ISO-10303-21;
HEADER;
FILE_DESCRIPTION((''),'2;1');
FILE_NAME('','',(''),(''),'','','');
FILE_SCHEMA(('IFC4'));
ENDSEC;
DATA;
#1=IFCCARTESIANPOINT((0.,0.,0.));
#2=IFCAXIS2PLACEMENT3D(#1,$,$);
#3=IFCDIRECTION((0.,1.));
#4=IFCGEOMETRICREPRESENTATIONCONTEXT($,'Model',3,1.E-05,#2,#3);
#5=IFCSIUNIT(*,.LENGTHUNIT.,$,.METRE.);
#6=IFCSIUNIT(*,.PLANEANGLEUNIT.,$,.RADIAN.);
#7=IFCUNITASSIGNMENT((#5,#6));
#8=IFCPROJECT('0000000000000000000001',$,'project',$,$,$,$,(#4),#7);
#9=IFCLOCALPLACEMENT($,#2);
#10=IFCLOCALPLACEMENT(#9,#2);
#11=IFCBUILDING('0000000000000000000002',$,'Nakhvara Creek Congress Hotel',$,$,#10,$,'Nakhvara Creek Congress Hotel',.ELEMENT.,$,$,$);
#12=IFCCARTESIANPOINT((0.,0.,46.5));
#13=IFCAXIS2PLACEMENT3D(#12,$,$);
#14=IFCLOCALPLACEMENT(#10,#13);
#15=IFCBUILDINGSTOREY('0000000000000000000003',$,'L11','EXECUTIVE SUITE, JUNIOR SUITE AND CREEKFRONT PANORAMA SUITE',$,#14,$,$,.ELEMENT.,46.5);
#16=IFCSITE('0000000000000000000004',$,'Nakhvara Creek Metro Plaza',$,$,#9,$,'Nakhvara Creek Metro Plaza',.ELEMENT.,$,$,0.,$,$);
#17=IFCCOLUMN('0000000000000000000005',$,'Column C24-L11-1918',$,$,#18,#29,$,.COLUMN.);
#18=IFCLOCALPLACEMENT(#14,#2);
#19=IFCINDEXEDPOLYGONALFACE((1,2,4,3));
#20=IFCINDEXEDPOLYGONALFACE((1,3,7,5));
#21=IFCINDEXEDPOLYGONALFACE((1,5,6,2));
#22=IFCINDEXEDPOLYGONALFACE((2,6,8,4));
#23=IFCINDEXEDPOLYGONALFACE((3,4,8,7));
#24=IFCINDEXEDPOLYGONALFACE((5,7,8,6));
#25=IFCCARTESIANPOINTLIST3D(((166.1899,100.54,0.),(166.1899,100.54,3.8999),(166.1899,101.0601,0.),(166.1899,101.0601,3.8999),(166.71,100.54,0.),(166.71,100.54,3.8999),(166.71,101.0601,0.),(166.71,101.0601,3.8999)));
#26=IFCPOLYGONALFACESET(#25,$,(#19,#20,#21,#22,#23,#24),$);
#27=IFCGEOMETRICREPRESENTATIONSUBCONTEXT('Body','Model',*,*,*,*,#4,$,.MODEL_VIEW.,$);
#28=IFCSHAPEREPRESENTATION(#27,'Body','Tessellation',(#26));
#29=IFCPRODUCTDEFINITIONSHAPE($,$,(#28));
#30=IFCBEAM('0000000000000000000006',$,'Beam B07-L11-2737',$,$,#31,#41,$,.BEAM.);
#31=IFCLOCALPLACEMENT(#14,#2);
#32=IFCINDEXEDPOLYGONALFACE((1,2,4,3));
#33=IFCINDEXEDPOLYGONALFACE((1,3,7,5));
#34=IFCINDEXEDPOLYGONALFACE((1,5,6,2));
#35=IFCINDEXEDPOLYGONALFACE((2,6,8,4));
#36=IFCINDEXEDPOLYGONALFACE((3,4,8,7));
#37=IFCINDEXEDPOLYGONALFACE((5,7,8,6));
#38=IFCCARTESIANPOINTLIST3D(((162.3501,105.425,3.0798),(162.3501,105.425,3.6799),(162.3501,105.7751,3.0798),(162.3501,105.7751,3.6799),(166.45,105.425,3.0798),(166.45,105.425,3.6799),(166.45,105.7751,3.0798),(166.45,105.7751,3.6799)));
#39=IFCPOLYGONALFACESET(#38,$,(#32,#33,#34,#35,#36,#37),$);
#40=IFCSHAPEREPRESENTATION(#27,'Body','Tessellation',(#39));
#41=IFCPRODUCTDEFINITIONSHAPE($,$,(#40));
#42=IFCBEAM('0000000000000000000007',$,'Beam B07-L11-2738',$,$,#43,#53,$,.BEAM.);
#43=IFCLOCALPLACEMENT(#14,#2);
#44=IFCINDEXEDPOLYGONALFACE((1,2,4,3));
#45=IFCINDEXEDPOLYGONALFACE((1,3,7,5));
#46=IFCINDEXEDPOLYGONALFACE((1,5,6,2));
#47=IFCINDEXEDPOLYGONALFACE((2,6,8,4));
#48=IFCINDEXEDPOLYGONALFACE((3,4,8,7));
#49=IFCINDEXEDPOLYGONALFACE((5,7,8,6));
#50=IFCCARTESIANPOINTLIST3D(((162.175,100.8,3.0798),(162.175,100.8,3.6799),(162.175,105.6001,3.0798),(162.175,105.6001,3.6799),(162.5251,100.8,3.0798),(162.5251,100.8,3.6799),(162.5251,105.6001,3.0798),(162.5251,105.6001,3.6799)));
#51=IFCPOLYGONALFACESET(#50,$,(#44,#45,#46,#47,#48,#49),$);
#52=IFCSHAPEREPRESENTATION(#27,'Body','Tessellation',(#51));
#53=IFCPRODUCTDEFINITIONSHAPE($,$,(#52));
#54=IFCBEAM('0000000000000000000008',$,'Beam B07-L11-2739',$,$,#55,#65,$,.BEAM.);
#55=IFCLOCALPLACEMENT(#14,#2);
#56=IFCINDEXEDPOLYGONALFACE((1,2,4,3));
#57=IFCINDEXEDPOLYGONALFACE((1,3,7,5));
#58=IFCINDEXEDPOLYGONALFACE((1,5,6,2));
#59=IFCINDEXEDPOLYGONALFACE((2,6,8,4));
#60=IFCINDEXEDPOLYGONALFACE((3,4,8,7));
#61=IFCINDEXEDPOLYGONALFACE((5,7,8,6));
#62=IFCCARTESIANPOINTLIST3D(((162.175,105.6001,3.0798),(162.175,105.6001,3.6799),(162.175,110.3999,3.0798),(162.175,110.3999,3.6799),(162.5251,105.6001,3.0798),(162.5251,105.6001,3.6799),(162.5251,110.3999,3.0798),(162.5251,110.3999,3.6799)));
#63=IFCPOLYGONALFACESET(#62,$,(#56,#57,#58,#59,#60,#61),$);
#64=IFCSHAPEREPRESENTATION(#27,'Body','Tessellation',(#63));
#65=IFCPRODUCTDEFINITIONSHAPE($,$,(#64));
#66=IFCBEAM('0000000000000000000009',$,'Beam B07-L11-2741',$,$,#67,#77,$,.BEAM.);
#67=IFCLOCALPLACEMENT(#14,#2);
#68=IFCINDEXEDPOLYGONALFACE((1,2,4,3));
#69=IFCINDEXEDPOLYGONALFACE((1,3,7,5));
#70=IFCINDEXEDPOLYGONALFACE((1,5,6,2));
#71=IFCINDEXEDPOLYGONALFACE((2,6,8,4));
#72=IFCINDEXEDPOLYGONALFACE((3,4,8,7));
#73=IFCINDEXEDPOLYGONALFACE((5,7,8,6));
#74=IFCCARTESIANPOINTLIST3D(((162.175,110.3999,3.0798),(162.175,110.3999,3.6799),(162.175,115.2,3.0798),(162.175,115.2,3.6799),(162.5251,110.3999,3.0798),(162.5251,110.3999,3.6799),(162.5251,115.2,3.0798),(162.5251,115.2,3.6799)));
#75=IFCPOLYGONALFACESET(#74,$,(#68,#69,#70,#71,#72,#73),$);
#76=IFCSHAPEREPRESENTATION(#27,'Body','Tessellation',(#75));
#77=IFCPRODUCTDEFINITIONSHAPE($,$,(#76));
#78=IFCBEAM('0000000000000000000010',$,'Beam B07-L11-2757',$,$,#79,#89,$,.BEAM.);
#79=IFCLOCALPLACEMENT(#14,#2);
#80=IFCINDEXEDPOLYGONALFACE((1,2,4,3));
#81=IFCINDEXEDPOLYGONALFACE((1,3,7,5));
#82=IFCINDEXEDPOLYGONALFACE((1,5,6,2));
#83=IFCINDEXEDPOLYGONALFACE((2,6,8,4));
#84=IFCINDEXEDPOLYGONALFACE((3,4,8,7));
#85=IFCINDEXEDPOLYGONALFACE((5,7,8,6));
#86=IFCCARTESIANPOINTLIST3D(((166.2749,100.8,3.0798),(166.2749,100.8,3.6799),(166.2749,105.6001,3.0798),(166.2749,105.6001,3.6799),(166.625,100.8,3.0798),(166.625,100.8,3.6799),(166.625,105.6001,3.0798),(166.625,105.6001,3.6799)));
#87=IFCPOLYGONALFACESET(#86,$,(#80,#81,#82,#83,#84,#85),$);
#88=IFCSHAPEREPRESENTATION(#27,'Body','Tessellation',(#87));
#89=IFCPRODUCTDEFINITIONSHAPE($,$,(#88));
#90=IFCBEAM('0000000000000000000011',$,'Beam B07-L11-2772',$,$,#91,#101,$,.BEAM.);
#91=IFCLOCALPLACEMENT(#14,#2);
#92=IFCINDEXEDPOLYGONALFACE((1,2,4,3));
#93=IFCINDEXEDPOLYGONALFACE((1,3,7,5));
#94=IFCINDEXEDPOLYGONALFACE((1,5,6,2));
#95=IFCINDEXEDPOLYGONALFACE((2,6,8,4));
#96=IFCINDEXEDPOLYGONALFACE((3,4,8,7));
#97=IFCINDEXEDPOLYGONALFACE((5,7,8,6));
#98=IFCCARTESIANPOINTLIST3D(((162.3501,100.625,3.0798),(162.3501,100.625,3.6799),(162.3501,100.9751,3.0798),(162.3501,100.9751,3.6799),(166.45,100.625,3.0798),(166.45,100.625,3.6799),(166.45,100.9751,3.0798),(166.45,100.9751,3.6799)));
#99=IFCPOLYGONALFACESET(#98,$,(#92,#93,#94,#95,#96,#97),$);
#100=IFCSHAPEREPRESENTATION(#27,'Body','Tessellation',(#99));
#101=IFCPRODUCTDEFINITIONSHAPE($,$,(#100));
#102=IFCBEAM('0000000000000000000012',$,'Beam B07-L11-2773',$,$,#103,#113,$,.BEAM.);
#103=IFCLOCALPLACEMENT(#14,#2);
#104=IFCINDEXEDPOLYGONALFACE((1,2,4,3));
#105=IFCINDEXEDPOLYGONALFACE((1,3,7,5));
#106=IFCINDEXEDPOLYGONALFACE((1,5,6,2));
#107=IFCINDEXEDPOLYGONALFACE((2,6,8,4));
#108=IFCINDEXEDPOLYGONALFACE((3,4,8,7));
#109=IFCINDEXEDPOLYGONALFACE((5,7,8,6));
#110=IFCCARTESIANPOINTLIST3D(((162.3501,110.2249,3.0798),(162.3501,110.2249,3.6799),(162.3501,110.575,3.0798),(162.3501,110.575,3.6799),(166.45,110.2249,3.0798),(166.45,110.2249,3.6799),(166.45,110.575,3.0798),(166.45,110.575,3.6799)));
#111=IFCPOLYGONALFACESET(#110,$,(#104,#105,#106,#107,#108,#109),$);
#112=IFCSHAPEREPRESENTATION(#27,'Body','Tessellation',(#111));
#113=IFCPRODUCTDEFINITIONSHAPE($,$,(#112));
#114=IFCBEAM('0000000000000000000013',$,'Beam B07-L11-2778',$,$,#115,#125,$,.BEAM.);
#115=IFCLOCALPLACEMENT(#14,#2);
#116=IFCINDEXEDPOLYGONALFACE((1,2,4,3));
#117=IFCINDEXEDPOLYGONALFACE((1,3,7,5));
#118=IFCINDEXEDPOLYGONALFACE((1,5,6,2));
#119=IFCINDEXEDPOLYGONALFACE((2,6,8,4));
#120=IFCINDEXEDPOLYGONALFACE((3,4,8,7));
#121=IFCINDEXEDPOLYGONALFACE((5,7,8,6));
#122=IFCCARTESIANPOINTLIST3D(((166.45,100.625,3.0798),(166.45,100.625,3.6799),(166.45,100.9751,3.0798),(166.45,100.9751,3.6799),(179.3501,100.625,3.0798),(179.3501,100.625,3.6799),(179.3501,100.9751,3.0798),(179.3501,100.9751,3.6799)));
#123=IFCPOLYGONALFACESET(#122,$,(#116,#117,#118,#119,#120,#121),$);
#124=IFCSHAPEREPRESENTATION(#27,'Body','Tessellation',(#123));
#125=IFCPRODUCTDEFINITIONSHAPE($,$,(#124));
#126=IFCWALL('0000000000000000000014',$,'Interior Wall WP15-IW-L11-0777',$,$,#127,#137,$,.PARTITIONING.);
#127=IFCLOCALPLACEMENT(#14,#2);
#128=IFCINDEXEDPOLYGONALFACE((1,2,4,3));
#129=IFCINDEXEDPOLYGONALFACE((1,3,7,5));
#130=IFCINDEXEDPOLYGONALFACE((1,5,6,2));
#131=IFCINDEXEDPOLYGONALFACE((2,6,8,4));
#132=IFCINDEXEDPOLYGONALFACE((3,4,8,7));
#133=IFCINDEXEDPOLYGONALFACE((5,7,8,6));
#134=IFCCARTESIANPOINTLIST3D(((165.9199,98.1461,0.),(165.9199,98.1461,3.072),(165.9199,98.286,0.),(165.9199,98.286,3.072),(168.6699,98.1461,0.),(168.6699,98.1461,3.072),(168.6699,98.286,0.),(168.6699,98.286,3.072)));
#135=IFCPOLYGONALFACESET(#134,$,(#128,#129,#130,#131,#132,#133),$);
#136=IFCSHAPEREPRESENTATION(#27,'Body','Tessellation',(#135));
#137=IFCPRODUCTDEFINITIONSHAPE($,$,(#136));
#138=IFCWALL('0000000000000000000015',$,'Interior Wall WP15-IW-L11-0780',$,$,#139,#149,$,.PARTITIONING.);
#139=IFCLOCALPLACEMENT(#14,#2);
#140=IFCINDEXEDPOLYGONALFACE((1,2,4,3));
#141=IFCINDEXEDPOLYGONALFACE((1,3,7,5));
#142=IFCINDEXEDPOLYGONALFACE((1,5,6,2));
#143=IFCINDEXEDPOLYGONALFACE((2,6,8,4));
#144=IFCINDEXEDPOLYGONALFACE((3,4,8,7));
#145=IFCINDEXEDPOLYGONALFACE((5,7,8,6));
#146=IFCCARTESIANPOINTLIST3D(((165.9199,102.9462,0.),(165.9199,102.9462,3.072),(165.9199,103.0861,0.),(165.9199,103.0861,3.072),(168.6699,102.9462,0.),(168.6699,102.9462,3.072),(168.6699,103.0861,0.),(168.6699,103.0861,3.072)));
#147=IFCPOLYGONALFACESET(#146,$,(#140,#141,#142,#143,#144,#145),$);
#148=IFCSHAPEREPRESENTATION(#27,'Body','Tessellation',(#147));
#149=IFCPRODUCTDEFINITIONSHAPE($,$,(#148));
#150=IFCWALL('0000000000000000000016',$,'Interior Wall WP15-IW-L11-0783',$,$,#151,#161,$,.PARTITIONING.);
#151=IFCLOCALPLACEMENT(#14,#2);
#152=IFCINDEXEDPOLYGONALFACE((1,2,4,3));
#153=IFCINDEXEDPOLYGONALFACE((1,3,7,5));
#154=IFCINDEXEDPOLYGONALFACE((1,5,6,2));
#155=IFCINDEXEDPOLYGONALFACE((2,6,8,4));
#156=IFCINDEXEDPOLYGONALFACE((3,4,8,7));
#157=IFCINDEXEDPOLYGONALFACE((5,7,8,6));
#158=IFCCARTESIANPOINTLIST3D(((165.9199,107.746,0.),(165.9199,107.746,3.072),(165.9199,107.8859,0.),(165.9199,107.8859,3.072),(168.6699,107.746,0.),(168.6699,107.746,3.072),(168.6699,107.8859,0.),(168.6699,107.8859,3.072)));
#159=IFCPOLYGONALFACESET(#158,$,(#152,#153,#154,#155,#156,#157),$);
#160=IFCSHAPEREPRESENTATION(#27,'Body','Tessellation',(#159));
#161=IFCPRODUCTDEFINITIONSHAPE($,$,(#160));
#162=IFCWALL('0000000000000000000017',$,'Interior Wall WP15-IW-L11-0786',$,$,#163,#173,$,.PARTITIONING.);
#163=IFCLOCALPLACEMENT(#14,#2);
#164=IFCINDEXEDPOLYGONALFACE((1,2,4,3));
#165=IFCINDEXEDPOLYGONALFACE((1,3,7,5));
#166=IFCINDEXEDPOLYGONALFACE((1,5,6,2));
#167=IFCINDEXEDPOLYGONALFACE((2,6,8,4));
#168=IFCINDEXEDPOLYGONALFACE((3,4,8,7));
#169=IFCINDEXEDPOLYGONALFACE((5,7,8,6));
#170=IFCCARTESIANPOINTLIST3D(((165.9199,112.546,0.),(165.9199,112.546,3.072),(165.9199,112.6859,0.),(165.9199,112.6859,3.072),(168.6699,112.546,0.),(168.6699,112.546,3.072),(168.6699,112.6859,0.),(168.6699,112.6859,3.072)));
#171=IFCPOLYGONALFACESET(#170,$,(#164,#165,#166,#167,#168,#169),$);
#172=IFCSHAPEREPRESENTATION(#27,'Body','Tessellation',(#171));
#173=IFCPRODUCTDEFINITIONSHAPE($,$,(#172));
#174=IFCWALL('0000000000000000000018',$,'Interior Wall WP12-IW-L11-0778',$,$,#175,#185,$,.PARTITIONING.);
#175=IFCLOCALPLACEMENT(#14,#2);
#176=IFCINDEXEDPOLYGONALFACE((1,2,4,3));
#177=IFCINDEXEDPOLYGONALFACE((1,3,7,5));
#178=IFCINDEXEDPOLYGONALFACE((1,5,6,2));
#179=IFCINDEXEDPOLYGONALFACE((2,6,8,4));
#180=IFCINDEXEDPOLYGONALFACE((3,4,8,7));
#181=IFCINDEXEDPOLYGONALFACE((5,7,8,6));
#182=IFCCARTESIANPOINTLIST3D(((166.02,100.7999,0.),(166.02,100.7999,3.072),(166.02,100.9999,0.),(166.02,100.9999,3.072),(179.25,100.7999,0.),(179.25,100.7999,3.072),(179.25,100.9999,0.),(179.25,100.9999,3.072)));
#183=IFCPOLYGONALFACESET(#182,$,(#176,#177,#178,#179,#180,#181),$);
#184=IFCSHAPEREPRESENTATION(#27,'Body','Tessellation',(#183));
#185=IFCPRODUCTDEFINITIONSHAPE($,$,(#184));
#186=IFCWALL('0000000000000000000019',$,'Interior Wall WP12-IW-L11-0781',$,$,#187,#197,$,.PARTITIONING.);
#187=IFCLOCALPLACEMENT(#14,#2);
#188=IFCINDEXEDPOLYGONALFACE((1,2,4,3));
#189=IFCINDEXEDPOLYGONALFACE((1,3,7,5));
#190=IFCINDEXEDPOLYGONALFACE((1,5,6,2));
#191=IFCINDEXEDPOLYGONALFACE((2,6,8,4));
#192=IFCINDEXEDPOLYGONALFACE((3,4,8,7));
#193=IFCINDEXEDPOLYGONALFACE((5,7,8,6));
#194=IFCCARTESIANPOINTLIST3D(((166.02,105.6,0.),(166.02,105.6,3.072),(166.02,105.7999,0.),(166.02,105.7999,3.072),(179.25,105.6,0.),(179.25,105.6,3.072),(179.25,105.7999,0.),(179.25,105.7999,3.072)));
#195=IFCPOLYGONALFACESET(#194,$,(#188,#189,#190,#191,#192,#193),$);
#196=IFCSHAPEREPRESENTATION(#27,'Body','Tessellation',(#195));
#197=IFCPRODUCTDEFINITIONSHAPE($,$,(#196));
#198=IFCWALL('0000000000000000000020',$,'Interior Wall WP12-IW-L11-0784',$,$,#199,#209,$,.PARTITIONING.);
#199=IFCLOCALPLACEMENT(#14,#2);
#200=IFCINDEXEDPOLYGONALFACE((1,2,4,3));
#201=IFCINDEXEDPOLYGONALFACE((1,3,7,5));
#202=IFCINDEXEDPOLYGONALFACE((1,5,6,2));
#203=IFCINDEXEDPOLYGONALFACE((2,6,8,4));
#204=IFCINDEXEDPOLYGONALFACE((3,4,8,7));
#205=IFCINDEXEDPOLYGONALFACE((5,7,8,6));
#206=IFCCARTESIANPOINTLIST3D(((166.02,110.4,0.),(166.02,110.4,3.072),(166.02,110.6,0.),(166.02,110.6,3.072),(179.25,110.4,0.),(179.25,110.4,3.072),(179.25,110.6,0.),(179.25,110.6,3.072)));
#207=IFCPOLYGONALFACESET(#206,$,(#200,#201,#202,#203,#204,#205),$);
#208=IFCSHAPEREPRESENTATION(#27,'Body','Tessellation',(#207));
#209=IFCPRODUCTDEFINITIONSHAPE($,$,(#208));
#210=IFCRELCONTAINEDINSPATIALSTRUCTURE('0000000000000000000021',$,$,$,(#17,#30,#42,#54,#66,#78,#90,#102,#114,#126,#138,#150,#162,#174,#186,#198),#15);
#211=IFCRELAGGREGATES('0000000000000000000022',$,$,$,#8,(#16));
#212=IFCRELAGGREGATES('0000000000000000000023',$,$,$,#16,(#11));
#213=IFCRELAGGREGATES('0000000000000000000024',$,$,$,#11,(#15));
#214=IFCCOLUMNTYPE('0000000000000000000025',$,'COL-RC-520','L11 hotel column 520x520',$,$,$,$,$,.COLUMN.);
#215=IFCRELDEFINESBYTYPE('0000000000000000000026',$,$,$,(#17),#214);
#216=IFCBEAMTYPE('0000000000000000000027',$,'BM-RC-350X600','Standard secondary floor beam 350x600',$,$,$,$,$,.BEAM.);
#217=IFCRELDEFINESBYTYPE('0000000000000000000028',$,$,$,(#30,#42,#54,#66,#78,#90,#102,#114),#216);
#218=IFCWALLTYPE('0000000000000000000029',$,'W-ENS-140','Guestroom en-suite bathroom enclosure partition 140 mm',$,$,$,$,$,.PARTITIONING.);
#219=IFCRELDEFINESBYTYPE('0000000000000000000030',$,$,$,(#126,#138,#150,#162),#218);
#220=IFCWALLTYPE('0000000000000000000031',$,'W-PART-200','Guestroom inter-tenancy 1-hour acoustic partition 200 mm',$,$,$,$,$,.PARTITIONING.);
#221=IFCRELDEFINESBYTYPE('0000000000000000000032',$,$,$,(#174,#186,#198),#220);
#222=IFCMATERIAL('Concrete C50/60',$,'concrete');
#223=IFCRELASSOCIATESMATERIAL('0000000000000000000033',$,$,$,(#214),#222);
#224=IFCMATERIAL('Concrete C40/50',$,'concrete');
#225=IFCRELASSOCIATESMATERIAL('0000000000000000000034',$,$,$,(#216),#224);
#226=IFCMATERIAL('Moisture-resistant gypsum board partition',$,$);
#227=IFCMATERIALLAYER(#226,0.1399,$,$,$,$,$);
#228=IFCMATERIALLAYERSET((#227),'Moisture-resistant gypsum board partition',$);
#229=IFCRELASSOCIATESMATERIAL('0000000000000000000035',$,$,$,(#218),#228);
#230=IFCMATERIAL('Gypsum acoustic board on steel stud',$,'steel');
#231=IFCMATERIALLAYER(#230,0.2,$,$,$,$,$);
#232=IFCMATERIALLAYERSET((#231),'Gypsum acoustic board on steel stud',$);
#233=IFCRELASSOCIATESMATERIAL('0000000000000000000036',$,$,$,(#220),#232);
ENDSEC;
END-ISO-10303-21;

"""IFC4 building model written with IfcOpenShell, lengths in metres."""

from ifc_helpers import new_model, si_unit, direction, frame, frame_2d, origin, origin_2d, place, context, subcontext, project, spatial, rectangle, extrude, material, layer, layer_set, material_profile, profile_set, type_object, element, save


model = new_model("IFC4")

# Units and contexts
model_context = context("Model", 3, precision=1e-05, world=origin(), true_north=direction((0.0, 1.0)))
body_context = subcontext(model_context, "Body", "Model", "MODEL_VIEW")
ifc_project = project(units=[si_unit("LENGTHUNIT", "METRE"), si_unit("PLANEANGLEUNIT", "RADIAN")], contexts=[model_context])

# Site, building, storey
site_placement = place(None, origin())
site = spatial("IfcSite", under=ifc_project, at=site_placement, Name="Nakhvara Creek Metro Plaza", LongName="Nakhvara Creek Metro Plaza", CompositionType="ELEMENT", RefElevation=0.0)
building_placement = place(site_placement, origin())
building = spatial("IfcBuilding", under=site, at=building_placement, Name="Nakhvara Creek Congress Hotel", LongName="Nakhvara Creek Congress Hotel", CompositionType="ELEMENT")
storey_placement = place(building_placement, frame((0.0, 0.0, 46.5)))
storey = spatial("IfcBuildingStorey", under=building, at=storey_placement, Name="L11", Description="EXECUTIVE SUITE, JUNIOR SUITE AND CREEKFRONT PANORAMA SUITE", CompositionType="ELEMENT", Elevation=46.5)

# Column
ifc_material_1 = material(Name="Concrete C50/60", Category="concrete")
ifc_material_profile_1 = material_profile(ifc_material_1, rectangle(XDim=0.52, YDim=0.52, at=origin_2d()), Name="RC-COL 520x520", Category="LoadBearing")
ifc_profile_set_1 = profile_set([ifc_material_profile_1], Name="Concrete C50/60")
column_type = type_object("IfcColumnType", Name="COL-RC-520", Description="L11 hotel column 520x520", PredefinedType="COLUMN", material=ifc_profile_set_1)
column_placement = place(storey_placement, frame((166.45, 100.8, 0.0), z_axis=(0.0, 0.0, 1.0), x_axis=(1.0, 0.0, 0.0)))
element("IfcColumn", 1, at=column_placement, inside=storey, type_object=column_type, Name="Column C24-L11-1918", PredefinedType="COLUMN", context=body_context, shape_type="SweptSolid", body=[
    extrude(rectangle(XDim=0.52, YDim=0.52, at=origin_2d()), origin(), (0.0, 0.0, 1.0), 3.8999),
])

# Beams
ifc_material_2 = material(Name="Concrete C40/50", Category="concrete")
ifc_material_profile_2 = material_profile(ifc_material_2, rectangle(XDim=0.3501, YDim=0.6001, at=origin_2d()), Name="RC-BM 350x600", Category="LoadBearing")
ifc_profile_set_2 = profile_set([ifc_material_profile_2], Name="Concrete C40/50")
beam_type = type_object("IfcBeamType", Name="BM-RC-350X600", Description="Standard secondary floor beam 350x600", PredefinedType="BEAM", material=ifc_profile_set_2)
beam_1_placement = place(storey_placement, frame((162.3501, 105.6001, 3.3799), z_axis=(1.0, 0.0, 0.0), x_axis=(0.0, 1.0, 0.0)))
element("IfcBeam", 2, at=beam_1_placement, inside=storey, type_object=beam_type, Name="Beam B07-L11-2737", PredefinedType="BEAM", context=body_context, shape_type="SweptSolid", body=[
    extrude(rectangle(XDim=0.3501, YDim=0.6001, at=origin_2d()), origin(), (0.0, 0.0, 1.0), 4.0999),
])
beam_2_placement = place(storey_placement, frame((162.3501, 100.8, 3.3799), z_axis=(0.0, 1.0, 0.0), x_axis=(-1.0, 0.0, 0.0)))
element("IfcBeam", 3, at=beam_2_placement, inside=storey, type_object=beam_type, Name="Beam B07-L11-2738", PredefinedType="BEAM", context=body_context, shape_type="SweptSolid", body=[
    extrude(rectangle(XDim=0.3501, YDim=0.6001, at=origin_2d()), origin(), (0.0, 0.0, 1.0), 4.8),
])
beam_3_placement = place(storey_placement, frame((162.3501, 105.6001, 3.3799), z_axis=(0.0, 1.0, 0.0), x_axis=(-1.0, 0.0, 0.0)))
element("IfcBeam", 4, at=beam_3_placement, inside=storey, type_object=beam_type, Name="Beam B07-L11-2739", PredefinedType="BEAM", context=body_context, shape_type="SweptSolid", body=[
    extrude(rectangle(XDim=0.3501, YDim=0.6001, at=origin_2d()), origin(), (0.0, 0.0, 1.0), 4.7998),
])
for number, where, z_axis, x_axis, name in (
    (5, (162.3501, 110.3999, 3.3799), (0.0, 1.0, 0.0), (-1.0, 0.0, 0.0), "Beam B07-L11-2741"),
    (6, (166.45, 100.8, 3.3799), (0.0, 1.0, 0.0), (-1.0, 0.0, 0.0), "Beam B07-L11-2757"),
):
    element("IfcBeam", number, at=place(storey_placement, frame(where, z_axis=z_axis, x_axis=x_axis)), inside=storey, type_object=beam_type, Name=name, PredefinedType="BEAM", context=body_context, shape_type="SweptSolid", body=[
        extrude(rectangle(XDim=0.3501, YDim=0.6001, at=origin_2d()), origin(), (0.0, 0.0, 1.0), 4.8),
    ])
for number, where, z_axis, x_axis, name in (
    (7, (162.3501, 100.8, 3.3799), (1.0, 0.0, 0.0), (0.0, 1.0, 0.0), "Beam B07-L11-2772"),
    (8, (162.3501, 110.3999, 3.3799), (1.0, 0.0, 0.0), (0.0, 1.0, 0.0), "Beam B07-L11-2773"),
):
    element("IfcBeam", number, at=place(storey_placement, frame(where, z_axis=z_axis, x_axis=x_axis)), inside=storey, type_object=beam_type, Name=name, PredefinedType="BEAM", context=body_context, shape_type="SweptSolid", body=[
        extrude(rectangle(XDim=0.3501, YDim=0.6001, at=origin_2d()), origin(), (0.0, 0.0, 1.0), 4.0999),
    ])
beam_4_placement = place(storey_placement, frame((166.45, 100.8, 3.3799), z_axis=(1.0, 0.0, 0.0), x_axis=(0.0, 1.0, 0.0)))
element("IfcBeam", 9, at=beam_4_placement, inside=storey, type_object=beam_type, Name="Beam B07-L11-2778", PredefinedType="BEAM", context=body_context, shape_type="SweptSolid", body=[
    extrude(rectangle(XDim=0.3501, YDim=0.6001, at=origin_2d()), origin(), (0.0, 0.0, 1.0), 12.9001),
])

# Walls
ifc_material_3 = material(Name="Moisture-resistant gypsum board partition")
ifc_layer_1 = layer(ifc_material_3, 0.1399)
ifc_layer_set_1 = layer_set([ifc_layer_1], Name="Moisture-resistant gypsum board partition")
wall_type_1 = type_object("IfcWallType", Name="W-ENS-140", Description="Guestroom en-suite bathroom enclosure partition 140 mm", PredefinedType="PARTITIONING", material=ifc_layer_set_1)
for number, where, z_axis, x_axis, name in (
    (10, (165.9199, 98.2161, 0.0), (0.0, 0.0, 1.0), (1.0, 0.0, 0.0), "Interior Wall WP15-IW-L11-0777"),
    (11, (165.9199, 103.0161, 0.0), (0.0, 0.0, 1.0), (1.0, 0.0, 0.0), "Interior Wall WP15-IW-L11-0780"),
    (12, (165.9199, 107.8159, 0.0), (0.0, 0.0, 1.0), (1.0, 0.0, 0.0), "Interior Wall WP15-IW-L11-0783"),
    (13, (165.9199, 112.616, 0.0), (0.0, 0.0, 1.0), (1.0, 0.0, 0.0), "Interior Wall WP15-IW-L11-0786"),
):
    element("IfcWall", number, at=place(storey_placement, frame(where, z_axis=z_axis, x_axis=x_axis)), inside=storey, type_object=wall_type_1, Name=name, PredefinedType="PARTITIONING", context=body_context, shape_type="SweptSolid", body=[
        extrude(rectangle(XDim=2.75, YDim=0.1399, at=frame_2d((1.375, 0.0))), origin(), (0.0, 0.0, 1.0), 3.072),
    ])
ifc_material_4 = material(Name="Gypsum acoustic board on steel stud", Category="steel")
ifc_layer_2 = layer(ifc_material_4, 0.2)
ifc_layer_set_2 = layer_set([ifc_layer_2], Name="Gypsum acoustic board on steel stud")
wall_type_2 = type_object("IfcWallType", Name="W-PART-200", Description="Guestroom inter-tenancy 1-hour acoustic partition 200 mm", PredefinedType="PARTITIONING", material=ifc_layer_set_2)
for number, where, z_axis, x_axis, name in (
    (14, (166.02, 100.8999, 0.0), (0.0, 0.0, 1.0), (1.0, 0.0, 0.0), "Interior Wall WP12-IW-L11-0778"),
    (15, (166.02, 105.7, 0.0), (0.0, 0.0, 1.0), (1.0, 0.0, 0.0), "Interior Wall WP12-IW-L11-0781"),
    (16, (166.02, 110.5, 0.0), (0.0, 0.0, 1.0), (1.0, 0.0, 0.0), "Interior Wall WP12-IW-L11-0784"),
):
    element("IfcWall", number, at=place(storey_placement, frame(where, z_axis=z_axis, x_axis=x_axis)), inside=storey, type_object=wall_type_2, Name=name, PredefinedType="PARTITIONING", context=body_context, shape_type="SweptSolid", body=[
        extrude(rectangle(XDim=13.23, YDim=0.2, at=frame_2d((6.615, 0.0))), origin(), (0.0, 0.0, 1.0), 3.072),
    ])

save(model, "model.ifc")
